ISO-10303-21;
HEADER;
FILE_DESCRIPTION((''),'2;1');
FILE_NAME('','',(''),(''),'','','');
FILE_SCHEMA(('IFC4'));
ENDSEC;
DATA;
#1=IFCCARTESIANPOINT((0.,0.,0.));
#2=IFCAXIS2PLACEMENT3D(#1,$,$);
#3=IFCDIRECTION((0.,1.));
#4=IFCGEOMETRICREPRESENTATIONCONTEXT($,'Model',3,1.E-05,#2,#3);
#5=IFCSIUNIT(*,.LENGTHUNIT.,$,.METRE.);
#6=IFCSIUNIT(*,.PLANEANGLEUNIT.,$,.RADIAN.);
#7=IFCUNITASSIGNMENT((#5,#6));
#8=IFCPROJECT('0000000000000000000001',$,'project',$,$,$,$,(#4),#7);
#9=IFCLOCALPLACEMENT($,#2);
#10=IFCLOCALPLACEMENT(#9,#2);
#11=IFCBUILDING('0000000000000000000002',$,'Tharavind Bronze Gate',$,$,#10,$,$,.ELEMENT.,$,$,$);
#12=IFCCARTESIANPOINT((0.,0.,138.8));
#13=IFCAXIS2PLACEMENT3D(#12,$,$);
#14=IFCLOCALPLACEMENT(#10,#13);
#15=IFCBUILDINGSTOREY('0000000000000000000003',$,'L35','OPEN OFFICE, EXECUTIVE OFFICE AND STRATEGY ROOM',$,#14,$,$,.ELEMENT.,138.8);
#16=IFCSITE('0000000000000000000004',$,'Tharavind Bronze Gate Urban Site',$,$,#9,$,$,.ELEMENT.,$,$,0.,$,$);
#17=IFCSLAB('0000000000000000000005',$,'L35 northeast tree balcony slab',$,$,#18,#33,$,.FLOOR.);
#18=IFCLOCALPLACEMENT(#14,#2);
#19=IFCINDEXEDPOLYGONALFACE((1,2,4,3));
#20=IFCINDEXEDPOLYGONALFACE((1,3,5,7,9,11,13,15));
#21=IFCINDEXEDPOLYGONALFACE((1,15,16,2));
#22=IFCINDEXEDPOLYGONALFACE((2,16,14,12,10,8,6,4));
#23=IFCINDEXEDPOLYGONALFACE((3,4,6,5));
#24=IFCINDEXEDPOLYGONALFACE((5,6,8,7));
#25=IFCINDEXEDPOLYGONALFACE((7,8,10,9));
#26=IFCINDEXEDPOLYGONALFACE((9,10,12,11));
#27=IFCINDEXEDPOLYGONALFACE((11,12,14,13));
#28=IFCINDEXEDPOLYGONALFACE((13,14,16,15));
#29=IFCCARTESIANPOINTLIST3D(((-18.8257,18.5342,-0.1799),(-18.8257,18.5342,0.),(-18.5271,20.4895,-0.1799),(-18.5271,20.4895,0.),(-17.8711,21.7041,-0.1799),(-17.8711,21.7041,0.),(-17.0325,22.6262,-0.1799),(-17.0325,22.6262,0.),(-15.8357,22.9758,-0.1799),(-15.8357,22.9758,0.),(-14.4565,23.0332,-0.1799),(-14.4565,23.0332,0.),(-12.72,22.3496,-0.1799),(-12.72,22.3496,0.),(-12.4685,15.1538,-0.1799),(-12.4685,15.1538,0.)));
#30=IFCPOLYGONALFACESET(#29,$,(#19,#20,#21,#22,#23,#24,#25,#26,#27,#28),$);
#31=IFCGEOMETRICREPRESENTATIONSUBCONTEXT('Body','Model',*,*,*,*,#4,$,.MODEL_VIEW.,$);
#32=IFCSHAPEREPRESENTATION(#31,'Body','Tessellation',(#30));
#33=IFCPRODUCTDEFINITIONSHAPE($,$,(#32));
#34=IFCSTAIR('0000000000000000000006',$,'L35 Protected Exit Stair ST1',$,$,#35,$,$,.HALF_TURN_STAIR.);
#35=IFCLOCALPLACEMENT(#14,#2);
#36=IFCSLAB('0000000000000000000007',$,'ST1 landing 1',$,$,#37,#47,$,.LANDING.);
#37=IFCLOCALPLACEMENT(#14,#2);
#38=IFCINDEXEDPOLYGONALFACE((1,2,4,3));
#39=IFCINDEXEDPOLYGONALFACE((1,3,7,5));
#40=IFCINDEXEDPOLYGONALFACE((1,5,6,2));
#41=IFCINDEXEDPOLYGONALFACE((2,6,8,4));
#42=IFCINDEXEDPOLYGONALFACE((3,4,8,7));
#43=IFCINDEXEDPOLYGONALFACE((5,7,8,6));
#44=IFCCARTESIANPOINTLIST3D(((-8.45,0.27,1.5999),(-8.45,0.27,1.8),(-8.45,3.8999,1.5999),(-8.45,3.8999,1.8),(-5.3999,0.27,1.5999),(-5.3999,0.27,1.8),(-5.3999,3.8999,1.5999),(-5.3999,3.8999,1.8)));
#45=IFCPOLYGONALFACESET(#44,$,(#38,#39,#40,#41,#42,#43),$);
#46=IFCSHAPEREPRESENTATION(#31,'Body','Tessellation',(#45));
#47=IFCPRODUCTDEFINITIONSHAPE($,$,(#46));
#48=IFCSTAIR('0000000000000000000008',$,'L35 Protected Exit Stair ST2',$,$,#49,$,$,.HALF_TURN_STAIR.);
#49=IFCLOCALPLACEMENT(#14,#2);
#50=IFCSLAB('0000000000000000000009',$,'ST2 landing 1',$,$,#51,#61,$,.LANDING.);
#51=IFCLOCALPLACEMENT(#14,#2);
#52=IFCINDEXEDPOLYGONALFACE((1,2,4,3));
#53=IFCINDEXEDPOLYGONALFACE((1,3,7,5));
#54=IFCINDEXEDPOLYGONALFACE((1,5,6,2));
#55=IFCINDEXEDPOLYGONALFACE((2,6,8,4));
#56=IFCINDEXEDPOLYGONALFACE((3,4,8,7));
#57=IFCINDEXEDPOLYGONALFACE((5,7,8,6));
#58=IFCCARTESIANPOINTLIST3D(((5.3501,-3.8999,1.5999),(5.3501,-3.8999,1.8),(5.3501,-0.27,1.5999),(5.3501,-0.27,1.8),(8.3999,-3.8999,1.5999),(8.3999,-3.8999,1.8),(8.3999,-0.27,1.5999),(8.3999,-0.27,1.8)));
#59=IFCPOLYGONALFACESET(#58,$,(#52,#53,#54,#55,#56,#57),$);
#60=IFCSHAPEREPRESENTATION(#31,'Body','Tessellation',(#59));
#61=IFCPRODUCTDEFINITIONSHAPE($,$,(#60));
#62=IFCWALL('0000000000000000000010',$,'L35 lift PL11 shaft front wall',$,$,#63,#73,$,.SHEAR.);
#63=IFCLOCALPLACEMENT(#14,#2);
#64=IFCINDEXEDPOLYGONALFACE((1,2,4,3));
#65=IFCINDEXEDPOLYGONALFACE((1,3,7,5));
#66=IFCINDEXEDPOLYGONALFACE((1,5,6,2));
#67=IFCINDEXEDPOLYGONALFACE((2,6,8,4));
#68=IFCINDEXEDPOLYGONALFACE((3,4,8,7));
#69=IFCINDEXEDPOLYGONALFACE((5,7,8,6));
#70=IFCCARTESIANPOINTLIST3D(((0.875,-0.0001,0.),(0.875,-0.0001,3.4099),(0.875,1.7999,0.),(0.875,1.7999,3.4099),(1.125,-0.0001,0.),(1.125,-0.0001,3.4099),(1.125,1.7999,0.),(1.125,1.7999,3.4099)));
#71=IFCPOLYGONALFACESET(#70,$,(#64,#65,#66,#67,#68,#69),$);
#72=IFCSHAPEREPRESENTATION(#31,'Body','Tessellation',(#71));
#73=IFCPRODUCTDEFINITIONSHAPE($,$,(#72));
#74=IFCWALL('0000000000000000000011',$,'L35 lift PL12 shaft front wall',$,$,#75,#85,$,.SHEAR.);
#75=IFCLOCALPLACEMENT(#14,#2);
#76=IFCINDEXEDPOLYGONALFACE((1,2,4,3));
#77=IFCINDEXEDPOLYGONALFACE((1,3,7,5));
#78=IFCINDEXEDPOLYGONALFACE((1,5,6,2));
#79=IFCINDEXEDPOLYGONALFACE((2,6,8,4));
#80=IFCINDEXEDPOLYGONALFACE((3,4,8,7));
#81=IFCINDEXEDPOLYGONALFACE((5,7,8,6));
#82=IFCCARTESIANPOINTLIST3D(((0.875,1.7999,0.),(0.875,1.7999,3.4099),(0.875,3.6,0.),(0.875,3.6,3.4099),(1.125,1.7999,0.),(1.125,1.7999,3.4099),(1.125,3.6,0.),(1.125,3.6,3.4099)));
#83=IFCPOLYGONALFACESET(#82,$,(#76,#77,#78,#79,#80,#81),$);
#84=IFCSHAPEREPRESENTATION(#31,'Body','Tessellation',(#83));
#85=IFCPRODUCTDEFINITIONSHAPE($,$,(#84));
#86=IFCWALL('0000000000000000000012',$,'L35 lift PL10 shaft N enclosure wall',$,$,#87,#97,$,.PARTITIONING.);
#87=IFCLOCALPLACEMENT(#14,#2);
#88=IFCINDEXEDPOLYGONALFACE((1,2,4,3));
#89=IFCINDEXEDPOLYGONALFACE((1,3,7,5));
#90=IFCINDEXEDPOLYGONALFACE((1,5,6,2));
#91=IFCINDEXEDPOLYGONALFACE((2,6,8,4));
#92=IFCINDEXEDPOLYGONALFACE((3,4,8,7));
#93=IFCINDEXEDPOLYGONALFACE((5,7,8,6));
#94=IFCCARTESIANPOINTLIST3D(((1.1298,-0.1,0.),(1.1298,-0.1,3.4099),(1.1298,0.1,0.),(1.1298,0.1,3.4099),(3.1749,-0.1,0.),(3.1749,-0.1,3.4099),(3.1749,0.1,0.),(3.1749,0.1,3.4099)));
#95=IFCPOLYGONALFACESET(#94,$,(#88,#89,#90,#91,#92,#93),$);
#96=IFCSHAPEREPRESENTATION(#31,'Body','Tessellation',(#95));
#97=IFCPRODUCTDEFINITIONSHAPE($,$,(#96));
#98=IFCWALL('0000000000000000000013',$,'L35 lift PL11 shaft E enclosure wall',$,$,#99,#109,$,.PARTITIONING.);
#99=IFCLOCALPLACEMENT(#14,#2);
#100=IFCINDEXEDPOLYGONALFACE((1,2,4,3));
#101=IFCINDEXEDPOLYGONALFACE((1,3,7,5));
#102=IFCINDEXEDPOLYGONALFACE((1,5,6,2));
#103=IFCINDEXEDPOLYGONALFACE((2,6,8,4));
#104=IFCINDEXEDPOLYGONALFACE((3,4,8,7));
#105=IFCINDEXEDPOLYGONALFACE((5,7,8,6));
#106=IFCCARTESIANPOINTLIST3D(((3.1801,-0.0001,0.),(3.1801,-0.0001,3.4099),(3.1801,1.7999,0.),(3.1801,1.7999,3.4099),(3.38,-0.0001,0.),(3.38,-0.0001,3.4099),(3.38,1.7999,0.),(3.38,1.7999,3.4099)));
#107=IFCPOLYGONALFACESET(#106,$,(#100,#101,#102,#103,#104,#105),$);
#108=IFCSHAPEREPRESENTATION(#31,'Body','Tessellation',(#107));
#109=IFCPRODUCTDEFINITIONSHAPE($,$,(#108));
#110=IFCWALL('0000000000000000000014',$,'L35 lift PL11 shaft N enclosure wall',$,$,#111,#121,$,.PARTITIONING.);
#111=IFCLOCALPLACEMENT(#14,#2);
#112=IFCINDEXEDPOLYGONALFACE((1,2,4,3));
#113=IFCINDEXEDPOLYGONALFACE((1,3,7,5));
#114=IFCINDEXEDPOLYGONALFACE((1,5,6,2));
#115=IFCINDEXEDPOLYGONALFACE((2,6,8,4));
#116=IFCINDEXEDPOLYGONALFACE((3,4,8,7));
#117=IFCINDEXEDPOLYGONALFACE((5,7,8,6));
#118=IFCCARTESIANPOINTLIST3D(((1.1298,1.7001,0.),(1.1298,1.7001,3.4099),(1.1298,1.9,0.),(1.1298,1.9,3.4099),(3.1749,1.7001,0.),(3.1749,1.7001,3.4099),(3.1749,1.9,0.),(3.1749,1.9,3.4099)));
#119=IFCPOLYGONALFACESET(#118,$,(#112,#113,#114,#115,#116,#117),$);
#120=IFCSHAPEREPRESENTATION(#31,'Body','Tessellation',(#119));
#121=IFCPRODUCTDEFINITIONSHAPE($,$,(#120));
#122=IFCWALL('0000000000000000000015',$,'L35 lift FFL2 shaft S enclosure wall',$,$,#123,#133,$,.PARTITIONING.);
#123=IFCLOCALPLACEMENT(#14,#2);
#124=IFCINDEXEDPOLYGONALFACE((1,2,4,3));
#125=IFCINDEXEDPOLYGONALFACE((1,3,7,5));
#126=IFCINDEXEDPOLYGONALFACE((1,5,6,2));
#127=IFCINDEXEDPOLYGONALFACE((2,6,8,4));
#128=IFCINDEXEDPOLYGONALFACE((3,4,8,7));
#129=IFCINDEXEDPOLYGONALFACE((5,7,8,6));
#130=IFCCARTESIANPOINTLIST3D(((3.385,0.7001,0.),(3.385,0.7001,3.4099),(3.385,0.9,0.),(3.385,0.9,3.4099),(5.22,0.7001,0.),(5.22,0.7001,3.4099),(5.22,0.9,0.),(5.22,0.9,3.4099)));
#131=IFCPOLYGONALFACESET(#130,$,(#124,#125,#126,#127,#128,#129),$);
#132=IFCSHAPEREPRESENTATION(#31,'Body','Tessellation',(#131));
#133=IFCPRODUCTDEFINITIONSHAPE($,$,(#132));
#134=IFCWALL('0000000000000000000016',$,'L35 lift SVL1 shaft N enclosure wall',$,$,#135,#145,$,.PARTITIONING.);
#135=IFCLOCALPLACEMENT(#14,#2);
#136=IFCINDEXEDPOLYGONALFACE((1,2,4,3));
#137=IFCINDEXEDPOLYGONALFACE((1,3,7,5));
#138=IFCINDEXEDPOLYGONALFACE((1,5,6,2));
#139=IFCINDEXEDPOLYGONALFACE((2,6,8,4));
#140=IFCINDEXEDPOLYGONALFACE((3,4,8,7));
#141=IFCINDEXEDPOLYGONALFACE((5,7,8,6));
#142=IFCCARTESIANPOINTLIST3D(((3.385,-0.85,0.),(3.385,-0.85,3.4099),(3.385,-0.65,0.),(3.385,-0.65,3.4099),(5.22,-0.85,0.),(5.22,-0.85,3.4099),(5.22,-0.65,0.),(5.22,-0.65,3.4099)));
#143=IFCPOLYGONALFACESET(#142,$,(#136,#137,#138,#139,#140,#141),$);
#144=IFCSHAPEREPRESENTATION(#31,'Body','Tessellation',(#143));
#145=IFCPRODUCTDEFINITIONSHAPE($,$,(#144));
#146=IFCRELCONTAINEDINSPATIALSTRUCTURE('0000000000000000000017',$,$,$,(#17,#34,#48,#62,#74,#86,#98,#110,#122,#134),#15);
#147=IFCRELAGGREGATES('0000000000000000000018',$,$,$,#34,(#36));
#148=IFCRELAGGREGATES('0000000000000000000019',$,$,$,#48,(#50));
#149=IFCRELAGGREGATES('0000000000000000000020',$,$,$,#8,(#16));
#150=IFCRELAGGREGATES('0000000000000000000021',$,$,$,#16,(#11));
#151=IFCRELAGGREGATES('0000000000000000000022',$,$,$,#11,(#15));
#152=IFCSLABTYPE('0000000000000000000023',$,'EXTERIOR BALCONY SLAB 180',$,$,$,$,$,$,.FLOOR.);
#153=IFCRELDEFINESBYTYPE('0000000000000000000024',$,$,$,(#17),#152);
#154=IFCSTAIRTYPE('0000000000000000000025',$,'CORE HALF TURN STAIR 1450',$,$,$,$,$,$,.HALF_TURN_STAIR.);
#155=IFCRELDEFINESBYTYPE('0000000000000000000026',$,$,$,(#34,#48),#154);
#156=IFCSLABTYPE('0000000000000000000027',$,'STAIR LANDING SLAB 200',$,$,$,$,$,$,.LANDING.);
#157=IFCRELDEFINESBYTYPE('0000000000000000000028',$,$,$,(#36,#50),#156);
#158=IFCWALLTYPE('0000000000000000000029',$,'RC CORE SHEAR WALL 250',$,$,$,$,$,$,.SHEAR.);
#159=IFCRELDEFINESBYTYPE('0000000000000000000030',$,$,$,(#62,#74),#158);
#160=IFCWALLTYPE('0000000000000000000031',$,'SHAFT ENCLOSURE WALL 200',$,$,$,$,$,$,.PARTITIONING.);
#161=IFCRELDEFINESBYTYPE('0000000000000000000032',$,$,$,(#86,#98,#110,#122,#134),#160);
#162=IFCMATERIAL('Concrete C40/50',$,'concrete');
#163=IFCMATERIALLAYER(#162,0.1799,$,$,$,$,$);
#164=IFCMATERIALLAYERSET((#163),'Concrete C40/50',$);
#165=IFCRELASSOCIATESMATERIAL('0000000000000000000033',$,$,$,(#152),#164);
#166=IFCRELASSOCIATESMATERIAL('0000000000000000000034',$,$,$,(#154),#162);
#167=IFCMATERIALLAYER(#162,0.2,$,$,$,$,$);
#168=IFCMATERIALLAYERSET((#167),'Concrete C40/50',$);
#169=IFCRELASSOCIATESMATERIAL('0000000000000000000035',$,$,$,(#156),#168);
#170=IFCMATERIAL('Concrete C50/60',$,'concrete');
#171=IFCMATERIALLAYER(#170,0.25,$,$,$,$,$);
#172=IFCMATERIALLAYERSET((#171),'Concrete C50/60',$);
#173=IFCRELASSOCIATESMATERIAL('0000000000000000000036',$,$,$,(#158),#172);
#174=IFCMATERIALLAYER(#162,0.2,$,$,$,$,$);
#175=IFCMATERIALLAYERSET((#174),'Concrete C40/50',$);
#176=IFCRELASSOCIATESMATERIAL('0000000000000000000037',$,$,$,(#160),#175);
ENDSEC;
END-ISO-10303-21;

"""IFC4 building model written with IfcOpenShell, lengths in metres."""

from ifc_helpers import new_model, si_unit, direction, frame, frame_2d, origin, place, context, subcontext, project, spatial, polyline, rectangle, outline, extrude, material, layer, layer_set, type_object, element, aggregate, save


model = new_model("IFC4")

# Units and contexts
model_context = context("Model", 3, precision=1e-05, world=origin(), true_north=direction((0.0, 1.0)))
body_context = subcontext(model_context, "Body", "Model", "MODEL_VIEW")
ifc_project = project(units=[si_unit("LENGTHUNIT", "METRE"), si_unit("PLANEANGLEUNIT", "RADIAN")], contexts=[model_context])

# Site, building, storey
site_placement = place(None, origin())
site = spatial("IfcSite", under=ifc_project, at=site_placement, Name="Tharavind Bronze Gate Urban Site", CompositionType="ELEMENT", RefElevation=0.0)
building_placement = place(site_placement, origin())
building = spatial("IfcBuilding", under=site, at=building_placement, Name="Tharavind Bronze Gate", CompositionType="ELEMENT")
storey_placement = place(building_placement, frame((0.0, 0.0, 138.8)))
storey = spatial("IfcBuildingStorey", under=building, at=storey_placement, Name="L35", Description="OPEN OFFICE, EXECUTIVE OFFICE AND STRATEGY ROOM", CompositionType="ELEMENT", Elevation=138.8)

# Slab
ifc_material_1 = material(Name="Concrete C40/50", Category="concrete")
ifc_layer_1 = layer(ifc_material_1, 0.1799)
ifc_layer_set_1 = layer_set([ifc_layer_1], Name="Concrete C40/50")
slab_type_1 = type_object("IfcSlabType", Name="EXTERIOR BALCONY SLAB 180", PredefinedType="FLOOR", material=ifc_layer_set_1)
slab_1_placement = place(storey_placement, frame((0.0, 0.0, -0.1799)))
element("IfcSlab", 1, at=slab_1_placement, inside=storey, type_object=slab_type_1, Name="L35 northeast tree balcony slab", PredefinedType="FLOOR", context=body_context, shape_type="SweptSolid", body=[
    extrude(outline(polyline([(-14.4565, 23.0332), (-15.8357, 22.9758), (-17.0325, 22.6262), (-17.8711, 21.7041), (-18.5271, 20.4895), (-18.8257, 18.5342), (-12.4685, 15.1538), (-12.72, 22.3496), (-14.4565, 23.0332)])), origin(), (0.0, 0.0, 1.0), 0.1799),
])

# Stairs, slabs
stair_type = type_object("IfcStairType", Name="CORE HALF TURN STAIR 1450", PredefinedType="HALF_TURN_STAIR", material=ifc_material_1)
stair_1_placement = place(storey_placement, origin())
stair_1 = element("IfcStair", 2, at=stair_1_placement, inside=storey, type_object=stair_type, Name="L35 Protected Exit Stair ST1", PredefinedType="HALF_TURN_STAIR")
ifc_layer_2 = layer(ifc_material_1, 0.2)
ifc_layer_set_2 = layer_set([ifc_layer_2], Name="Concrete C40/50")
slab_type_2 = type_object("IfcSlabType", Name="STAIR LANDING SLAB 200", PredefinedType="LANDING", material=ifc_layer_set_2)
slab_2_placement = place(storey_placement, frame((0.0, 0.0, 1.5999)))
slab_2 = element("IfcSlab", 3, at=slab_2_placement, type_object=slab_type_2, Name="ST1 landing 1", PredefinedType="LANDING", context=body_context, shape_type="SweptSolid", body=[
    extrude(outline(polyline([(-5.3999, 0.27), (-5.3999, 3.8999), (-8.45, 3.8999), (-8.45, 0.27), (-5.3999, 0.27)])), origin(), (0.0, 0.0, 1.0), 0.2002),
])
aggregate(stair_1, [slab_2])
stair_2_placement = place(storey_placement, origin())
stair_2 = element("IfcStair", 4, at=stair_2_placement, inside=storey, type_object=stair_type, Name="L35 Protected Exit Stair ST2", PredefinedType="HALF_TURN_STAIR")
slab_3_placement = place(storey_placement, frame((0.0, 0.0, 1.5999)))
slab_3 = element("IfcSlab", 5, at=slab_3_placement, type_object=slab_type_2, Name="ST2 landing 1", PredefinedType="LANDING", context=body_context, shape_type="SweptSolid", body=[
    extrude(outline(polyline([(5.3501, -0.27), (5.3501, -3.8999), (8.3999, -3.8999), (8.3999, -0.27), (5.3501, -0.27)])), origin(), (0.0, 0.0, 1.0), 0.2002),
])
aggregate(stair_2, [slab_3])

# Walls
ifc_material_2 = material(Name="Concrete C50/60", Category="concrete")
ifc_layer_3 = layer(ifc_material_2, 0.25)
ifc_layer_set_3 = layer_set([ifc_layer_3], Name="Concrete C50/60")
wall_type_1 = type_object("IfcWallType", Name="RC CORE SHEAR WALL 250", PredefinedType="SHEAR", material=ifc_layer_set_3)
for number, where, z_axis, x_axis, name in (
    (6, (1.0, 0.0, 0.0), (0.0, 0.0, 1.0), (0.0, 1.0, 0.0), "L35 lift PL11 shaft front wall"),
    (7, (1.0, 1.8, 0.0), (0.0, 0.0, 1.0), (0.0, 1.0, 0.0), "L35 lift PL12 shaft front wall"),
):
    element("IfcWall", number, at=place(storey_placement, frame(where, z_axis=z_axis, x_axis=x_axis)), inside=storey, type_object=wall_type_1, Name=name, PredefinedType="SHEAR", context=body_context, shape_type="SweptSolid", body=[
        extrude(rectangle(XDim=1.8, YDim=0.25, at=frame_2d((0.8999, 0.0))), origin(), (0.0, 0.0, 1.0), 3.4099),
    ])
ifc_layer_4 = layer(ifc_material_1, 0.2)
ifc_layer_set_4 = layer_set([ifc_layer_4], Name="Concrete C40/50")
wall_type_2 = type_object("IfcWallType", Name="SHAFT ENCLOSURE WALL 200", PredefinedType="PARTITIONING", material=ifc_layer_set_4)
wall_1_placement = place(storey_placement, frame((1.1299, 0.0, 0.0), z_axis=(0.0, 0.0, 1.0), x_axis=(1.0, 0.0, 0.0)))
element("IfcWall", 8, at=wall_1_placement, inside=storey, type_object=wall_type_2, Name="L35 lift PL10 shaft N enclosure wall", PredefinedType="PARTITIONING", context=body_context, shape_type="SweptSolid", body=[
    extrude(rectangle(XDim=2.0452, YDim=0.2, at=frame_2d((1.0225, 0.0))), origin(), (0.0, 0.0, 1.0), 3.4099),
])
wall_2_placement = place(storey_placement, frame((3.28, 0.0, 0.0), z_axis=(0.0, 0.0, 1.0), x_axis=(0.0, 1.0, 0.0)))
element("IfcWall", 9, at=wall_2_placement, inside=storey, type_object=wall_type_2, Name="L35 lift PL11 shaft E enclosure wall", PredefinedType="PARTITIONING", context=body_context, shape_type="SweptSolid", body=[
    extrude(rectangle(XDim=1.8, YDim=0.2, at=frame_2d((0.8999, 0.0))), origin(), (0.0, 0.0, 1.0), 3.4099),
])
wall_3_placement = place(storey_placement, frame((1.1299, 1.8, 0.0), z_axis=(0.0, 0.0, 1.0), x_axis=(1.0, 0.0, 0.0)))
element("IfcWall", 10, at=wall_3_placement, inside=storey, type_object=wall_type_2, Name="L35 lift PL11 shaft N enclosure wall", PredefinedType="PARTITIONING", context=body_context, shape_type="SweptSolid", body=[
    extrude(rectangle(XDim=2.0452, YDim=0.2, at=frame_2d((1.0225, 0.0))), origin(), (0.0, 0.0, 1.0), 3.4099),
])
for number, where, z_axis, x_axis, name in (
    (11, (3.385, 0.8, 0.0), (0.0, 0.0, 1.0), (1.0, 0.0, 0.0), "L35 lift FFL2 shaft S enclosure wall"),
    (12, (3.385, -0.75, 0.0), (0.0, 0.0, 1.0), (1.0, 0.0, 0.0), "L35 lift SVL1 shaft N enclosure wall"),
):
    element("IfcWall", number, at=place(storey_placement, frame(where, z_axis=z_axis, x_axis=x_axis)), inside=storey, type_object=wall_type_2, Name=name, PredefinedType="PARTITIONING", context=body_context, shape_type="SweptSolid", body=[
        extrude(rectangle(XDim=1.835, YDim=0.2, at=frame_2d((0.9175, 0.0))), origin(), (0.0, 0.0, 1.0), 3.4099),
    ])

save(model, "model.ifc")
